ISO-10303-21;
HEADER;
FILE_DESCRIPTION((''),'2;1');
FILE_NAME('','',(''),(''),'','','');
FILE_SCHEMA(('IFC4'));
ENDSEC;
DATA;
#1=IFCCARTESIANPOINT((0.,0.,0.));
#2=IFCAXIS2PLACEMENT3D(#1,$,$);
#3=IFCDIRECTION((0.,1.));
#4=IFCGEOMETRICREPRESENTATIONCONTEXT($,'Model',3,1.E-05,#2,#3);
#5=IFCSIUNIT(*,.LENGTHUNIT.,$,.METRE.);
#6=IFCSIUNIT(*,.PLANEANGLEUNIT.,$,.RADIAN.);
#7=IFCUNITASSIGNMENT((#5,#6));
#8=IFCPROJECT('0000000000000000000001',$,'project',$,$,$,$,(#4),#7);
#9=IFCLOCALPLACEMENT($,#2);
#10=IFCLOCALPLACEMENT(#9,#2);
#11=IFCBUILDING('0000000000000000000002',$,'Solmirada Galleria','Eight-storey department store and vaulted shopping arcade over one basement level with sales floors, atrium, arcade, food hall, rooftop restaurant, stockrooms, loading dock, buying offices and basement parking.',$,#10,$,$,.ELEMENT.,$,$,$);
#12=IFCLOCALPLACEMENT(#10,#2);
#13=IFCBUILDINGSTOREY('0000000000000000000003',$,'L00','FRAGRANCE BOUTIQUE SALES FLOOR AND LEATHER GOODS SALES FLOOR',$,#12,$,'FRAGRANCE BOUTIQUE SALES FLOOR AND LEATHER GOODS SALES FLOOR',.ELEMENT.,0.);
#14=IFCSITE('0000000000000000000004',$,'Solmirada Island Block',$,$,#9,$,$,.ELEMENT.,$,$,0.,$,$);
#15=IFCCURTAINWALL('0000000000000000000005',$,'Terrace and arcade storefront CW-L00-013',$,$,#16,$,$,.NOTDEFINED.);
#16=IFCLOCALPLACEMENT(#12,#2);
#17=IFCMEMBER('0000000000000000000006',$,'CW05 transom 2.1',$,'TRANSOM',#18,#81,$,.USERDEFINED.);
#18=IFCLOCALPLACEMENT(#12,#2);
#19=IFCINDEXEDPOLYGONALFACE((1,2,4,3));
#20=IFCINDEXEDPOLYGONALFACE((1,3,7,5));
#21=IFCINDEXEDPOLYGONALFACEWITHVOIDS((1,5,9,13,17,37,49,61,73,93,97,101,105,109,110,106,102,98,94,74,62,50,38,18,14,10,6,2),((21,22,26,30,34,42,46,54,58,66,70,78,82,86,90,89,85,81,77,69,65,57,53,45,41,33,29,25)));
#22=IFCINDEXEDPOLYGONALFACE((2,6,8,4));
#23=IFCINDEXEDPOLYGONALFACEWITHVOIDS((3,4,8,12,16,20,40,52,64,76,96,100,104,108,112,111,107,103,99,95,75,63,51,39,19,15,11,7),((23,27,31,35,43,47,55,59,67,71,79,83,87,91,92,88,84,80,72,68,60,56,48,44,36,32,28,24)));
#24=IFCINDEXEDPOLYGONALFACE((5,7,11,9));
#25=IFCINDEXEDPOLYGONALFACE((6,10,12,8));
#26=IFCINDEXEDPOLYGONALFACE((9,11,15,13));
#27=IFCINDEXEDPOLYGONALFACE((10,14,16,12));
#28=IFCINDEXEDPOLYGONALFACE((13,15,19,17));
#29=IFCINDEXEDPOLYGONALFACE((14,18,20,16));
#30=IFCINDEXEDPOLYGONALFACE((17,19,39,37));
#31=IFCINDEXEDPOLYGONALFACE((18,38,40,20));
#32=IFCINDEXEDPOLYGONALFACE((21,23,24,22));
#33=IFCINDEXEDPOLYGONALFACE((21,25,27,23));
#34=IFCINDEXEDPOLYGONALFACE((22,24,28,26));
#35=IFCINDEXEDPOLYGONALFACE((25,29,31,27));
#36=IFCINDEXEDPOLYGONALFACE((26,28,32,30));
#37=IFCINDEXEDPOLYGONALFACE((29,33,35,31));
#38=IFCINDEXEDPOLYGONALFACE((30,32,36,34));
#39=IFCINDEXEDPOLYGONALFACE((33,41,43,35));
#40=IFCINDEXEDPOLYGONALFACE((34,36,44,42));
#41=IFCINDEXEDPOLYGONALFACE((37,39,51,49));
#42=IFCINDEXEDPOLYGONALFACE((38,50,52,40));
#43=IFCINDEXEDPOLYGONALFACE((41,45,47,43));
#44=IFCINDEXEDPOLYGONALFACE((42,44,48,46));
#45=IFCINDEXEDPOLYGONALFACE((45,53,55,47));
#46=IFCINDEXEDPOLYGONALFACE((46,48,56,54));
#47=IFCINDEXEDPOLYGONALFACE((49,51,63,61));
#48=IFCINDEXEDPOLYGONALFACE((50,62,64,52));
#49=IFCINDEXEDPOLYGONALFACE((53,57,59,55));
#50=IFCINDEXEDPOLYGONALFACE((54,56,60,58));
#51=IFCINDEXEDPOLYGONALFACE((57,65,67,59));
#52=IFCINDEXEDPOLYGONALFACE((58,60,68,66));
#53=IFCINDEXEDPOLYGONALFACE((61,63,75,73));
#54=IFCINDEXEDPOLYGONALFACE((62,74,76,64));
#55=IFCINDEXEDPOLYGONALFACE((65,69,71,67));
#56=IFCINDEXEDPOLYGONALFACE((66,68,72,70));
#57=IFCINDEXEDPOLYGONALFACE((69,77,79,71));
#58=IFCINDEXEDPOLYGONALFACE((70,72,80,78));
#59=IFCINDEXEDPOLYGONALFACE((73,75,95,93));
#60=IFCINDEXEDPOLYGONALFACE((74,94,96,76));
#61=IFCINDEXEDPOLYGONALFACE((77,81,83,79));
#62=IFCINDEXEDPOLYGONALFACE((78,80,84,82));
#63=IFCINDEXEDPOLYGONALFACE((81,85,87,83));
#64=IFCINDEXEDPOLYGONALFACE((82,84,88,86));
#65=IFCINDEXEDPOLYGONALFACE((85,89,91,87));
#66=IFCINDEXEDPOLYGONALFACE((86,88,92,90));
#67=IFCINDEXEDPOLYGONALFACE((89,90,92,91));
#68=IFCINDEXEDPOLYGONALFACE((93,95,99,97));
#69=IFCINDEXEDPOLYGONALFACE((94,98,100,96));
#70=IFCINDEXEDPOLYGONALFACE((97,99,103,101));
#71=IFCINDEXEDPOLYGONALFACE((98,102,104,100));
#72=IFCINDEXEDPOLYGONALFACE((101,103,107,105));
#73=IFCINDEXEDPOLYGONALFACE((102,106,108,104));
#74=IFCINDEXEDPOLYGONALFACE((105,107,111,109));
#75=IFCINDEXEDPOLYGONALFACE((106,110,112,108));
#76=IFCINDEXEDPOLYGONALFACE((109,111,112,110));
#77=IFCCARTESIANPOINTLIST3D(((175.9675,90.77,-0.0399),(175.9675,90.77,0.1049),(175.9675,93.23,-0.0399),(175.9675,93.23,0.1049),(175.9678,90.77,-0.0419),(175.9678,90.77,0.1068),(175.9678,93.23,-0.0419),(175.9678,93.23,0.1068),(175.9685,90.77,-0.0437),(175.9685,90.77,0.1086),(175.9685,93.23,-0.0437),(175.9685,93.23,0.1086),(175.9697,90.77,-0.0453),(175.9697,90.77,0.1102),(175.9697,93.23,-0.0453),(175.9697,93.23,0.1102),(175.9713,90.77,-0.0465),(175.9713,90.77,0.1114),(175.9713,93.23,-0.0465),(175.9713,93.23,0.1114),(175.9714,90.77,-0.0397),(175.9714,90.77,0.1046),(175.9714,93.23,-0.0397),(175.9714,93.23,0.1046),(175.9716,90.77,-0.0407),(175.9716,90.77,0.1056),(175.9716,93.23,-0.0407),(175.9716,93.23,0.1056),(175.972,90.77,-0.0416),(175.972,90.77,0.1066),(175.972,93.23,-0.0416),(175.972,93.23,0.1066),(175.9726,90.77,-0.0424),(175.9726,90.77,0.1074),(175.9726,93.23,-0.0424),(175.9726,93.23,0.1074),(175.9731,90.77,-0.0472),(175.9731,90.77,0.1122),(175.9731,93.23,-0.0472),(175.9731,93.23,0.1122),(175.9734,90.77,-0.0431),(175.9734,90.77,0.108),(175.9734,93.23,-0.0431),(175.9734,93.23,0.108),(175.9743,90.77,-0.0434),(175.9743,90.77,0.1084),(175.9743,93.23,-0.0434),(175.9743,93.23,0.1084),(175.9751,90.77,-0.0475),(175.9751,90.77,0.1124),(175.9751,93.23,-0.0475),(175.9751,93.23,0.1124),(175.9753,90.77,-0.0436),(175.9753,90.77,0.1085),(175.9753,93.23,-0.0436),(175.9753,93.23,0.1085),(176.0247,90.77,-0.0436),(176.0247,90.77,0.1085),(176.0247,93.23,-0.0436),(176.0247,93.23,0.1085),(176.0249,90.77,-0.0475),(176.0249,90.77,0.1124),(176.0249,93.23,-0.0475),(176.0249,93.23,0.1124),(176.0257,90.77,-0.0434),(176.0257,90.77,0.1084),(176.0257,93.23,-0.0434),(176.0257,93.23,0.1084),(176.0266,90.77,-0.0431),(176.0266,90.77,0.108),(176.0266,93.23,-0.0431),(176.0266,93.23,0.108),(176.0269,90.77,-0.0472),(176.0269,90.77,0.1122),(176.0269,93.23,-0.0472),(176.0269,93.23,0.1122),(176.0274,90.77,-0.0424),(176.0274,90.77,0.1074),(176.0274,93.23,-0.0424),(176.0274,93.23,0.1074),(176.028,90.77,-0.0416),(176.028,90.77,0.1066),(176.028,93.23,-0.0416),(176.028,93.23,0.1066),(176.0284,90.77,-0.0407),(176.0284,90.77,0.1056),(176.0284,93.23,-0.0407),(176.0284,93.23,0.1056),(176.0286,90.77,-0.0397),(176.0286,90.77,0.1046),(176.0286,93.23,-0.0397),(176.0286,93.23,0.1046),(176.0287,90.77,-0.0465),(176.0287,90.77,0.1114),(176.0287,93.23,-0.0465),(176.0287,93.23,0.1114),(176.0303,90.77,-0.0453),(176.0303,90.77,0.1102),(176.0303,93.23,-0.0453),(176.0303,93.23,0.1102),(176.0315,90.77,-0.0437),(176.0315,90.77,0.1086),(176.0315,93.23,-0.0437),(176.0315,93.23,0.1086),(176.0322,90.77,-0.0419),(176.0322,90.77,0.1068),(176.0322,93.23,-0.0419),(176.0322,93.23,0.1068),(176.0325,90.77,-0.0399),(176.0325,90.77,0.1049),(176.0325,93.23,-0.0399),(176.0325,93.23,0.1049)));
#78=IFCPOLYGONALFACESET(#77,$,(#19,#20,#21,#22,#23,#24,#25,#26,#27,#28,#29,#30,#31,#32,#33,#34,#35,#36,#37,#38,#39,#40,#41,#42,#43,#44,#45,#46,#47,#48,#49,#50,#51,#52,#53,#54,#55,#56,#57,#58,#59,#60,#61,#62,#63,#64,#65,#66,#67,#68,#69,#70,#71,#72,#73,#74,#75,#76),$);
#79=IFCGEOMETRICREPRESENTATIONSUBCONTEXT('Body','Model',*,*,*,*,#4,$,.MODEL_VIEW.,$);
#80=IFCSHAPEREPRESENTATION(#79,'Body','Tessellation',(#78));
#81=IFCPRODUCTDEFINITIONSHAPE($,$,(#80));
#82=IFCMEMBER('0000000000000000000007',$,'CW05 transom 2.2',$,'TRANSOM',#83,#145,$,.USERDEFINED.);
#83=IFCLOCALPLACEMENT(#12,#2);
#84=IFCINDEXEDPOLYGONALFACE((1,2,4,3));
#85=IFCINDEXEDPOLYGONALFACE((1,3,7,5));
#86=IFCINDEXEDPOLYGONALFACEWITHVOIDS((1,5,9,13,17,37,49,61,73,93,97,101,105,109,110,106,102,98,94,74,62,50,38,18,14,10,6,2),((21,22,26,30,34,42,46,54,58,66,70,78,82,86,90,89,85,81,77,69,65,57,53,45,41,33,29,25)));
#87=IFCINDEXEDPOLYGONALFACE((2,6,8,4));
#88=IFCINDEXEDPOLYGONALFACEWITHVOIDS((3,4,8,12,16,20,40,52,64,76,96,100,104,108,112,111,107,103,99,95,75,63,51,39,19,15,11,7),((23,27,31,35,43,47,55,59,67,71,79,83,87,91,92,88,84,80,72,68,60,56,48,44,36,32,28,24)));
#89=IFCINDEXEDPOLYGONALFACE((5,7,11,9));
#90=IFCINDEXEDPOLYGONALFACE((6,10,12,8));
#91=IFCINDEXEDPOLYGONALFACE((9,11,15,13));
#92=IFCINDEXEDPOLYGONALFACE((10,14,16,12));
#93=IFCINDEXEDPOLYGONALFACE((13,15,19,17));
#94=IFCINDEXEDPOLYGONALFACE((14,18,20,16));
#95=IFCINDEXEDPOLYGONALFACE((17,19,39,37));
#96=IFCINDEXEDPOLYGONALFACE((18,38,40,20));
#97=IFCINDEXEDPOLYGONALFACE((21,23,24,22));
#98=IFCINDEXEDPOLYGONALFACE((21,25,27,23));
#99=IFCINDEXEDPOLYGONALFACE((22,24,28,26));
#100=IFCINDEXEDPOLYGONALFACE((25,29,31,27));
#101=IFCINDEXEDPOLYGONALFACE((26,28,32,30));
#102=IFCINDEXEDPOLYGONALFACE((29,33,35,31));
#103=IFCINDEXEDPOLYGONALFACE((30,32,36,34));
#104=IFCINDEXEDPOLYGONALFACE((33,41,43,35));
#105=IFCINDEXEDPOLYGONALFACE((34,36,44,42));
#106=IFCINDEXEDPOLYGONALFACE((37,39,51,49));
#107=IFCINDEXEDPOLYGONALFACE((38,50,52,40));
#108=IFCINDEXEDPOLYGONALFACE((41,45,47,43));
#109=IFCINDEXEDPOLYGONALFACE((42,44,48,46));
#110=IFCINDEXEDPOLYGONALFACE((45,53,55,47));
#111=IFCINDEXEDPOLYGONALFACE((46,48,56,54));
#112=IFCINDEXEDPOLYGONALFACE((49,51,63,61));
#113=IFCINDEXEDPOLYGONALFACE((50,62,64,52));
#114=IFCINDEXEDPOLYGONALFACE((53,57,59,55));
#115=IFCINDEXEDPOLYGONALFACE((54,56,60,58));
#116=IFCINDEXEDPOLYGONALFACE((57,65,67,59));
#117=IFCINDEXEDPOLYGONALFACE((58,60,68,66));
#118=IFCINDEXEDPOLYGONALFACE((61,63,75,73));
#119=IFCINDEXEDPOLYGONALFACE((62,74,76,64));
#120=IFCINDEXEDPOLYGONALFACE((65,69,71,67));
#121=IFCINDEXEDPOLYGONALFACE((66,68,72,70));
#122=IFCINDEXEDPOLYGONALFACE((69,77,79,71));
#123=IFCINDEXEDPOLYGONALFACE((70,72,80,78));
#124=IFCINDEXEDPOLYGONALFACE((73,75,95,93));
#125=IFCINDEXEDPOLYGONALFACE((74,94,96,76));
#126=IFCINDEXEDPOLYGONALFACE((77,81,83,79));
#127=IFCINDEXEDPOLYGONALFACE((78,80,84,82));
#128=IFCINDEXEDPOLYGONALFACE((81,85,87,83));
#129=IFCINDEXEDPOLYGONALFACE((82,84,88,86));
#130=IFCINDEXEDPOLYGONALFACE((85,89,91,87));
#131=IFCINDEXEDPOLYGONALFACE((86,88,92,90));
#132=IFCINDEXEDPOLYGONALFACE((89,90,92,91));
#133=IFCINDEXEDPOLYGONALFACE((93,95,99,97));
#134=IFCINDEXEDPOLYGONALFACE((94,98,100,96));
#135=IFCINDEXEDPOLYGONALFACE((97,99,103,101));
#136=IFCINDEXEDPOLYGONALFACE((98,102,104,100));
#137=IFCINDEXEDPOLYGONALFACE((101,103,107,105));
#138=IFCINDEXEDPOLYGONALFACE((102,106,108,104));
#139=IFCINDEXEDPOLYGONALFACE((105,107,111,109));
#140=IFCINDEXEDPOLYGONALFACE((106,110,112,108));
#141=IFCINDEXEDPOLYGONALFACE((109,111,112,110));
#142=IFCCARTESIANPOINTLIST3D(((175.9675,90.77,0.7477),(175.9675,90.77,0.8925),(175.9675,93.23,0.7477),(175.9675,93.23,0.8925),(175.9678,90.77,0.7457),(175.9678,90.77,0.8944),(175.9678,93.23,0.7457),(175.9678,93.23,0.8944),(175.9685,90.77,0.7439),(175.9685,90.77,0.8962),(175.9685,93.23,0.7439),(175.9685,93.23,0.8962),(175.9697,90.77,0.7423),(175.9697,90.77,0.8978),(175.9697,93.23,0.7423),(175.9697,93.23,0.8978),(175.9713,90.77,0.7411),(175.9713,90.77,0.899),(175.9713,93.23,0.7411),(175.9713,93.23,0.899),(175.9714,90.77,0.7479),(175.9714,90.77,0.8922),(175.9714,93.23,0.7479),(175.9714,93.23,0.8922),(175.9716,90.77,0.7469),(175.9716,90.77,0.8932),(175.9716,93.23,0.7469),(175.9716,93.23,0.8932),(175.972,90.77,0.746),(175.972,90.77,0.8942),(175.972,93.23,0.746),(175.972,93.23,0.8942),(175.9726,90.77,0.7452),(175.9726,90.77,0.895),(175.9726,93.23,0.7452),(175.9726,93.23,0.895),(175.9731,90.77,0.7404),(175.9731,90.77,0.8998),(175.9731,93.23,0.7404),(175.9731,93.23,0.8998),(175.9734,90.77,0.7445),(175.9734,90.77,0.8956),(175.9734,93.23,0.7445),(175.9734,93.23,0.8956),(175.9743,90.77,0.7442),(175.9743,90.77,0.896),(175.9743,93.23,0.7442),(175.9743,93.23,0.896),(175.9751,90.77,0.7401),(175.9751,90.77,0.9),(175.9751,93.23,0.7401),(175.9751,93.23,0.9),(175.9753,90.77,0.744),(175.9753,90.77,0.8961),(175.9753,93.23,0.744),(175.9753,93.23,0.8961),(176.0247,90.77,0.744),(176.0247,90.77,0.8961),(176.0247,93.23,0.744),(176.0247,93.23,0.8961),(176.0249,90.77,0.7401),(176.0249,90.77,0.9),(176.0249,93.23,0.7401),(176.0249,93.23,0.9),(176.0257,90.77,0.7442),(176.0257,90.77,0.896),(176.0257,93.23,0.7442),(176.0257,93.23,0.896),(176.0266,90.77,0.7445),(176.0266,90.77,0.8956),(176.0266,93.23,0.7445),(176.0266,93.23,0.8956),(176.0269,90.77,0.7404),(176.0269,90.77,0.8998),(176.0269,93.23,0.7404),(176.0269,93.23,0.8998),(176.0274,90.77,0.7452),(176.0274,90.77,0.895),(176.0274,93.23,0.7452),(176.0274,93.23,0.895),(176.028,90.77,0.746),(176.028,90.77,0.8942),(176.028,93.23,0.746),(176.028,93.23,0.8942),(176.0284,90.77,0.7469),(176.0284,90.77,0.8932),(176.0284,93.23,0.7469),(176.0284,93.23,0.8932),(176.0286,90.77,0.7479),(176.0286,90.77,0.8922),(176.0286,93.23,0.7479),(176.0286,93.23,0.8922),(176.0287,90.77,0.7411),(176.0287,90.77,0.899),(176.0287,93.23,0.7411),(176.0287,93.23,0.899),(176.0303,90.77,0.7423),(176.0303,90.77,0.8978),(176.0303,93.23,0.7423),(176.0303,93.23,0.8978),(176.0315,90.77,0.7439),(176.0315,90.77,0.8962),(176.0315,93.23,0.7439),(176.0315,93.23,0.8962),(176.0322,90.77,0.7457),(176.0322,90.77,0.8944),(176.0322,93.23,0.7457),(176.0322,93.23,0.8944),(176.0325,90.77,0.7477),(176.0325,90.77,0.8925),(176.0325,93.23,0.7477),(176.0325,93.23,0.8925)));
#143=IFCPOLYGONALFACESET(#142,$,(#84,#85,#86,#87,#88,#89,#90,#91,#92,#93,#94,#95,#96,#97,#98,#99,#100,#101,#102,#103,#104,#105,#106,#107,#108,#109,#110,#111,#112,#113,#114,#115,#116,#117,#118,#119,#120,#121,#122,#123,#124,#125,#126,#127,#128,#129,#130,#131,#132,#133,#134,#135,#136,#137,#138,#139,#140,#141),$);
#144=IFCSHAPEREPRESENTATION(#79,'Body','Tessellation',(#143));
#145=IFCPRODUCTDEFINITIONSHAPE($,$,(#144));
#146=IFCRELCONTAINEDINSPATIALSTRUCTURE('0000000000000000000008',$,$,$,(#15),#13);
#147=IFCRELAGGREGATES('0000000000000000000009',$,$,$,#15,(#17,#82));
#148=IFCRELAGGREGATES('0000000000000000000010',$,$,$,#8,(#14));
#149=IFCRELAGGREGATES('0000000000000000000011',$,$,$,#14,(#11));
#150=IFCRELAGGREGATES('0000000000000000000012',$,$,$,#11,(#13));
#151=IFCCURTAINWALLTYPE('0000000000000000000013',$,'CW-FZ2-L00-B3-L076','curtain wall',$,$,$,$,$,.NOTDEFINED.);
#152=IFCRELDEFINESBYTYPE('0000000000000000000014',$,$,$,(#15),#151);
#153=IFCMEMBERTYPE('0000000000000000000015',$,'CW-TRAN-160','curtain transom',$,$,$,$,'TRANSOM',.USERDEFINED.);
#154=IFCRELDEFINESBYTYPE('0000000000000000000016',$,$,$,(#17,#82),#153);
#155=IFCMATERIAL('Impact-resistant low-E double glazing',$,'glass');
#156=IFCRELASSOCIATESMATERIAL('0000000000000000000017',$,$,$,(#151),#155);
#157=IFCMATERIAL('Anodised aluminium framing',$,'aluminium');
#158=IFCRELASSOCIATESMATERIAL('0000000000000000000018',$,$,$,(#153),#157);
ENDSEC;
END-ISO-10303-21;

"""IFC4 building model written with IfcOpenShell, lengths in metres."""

from ifc_helpers import new_model, si_unit, direction, frame, origin, origin_2d, place, context, subcontext, project, spatial, hollow_rectangle, extrude, material, material_profile, profile_set, type_object, element, aggregate, save


model = new_model("IFC4")

# Units and contexts
model_context = context("Model", 3, precision=1e-05, world=origin(), true_north=direction((0.0, 1.0)))
body_context = subcontext(model_context, "Body", "Model", "MODEL_VIEW")
ifc_project = project(units=[si_unit("LENGTHUNIT", "METRE"), si_unit("PLANEANGLEUNIT", "RADIAN")], contexts=[model_context])

# Site, building, storey
site_placement = place(None, origin())
site = spatial("IfcSite", under=ifc_project, at=site_placement, Name="Solmirada Island Block", CompositionType="ELEMENT", RefElevation=0.0)
building_placement = place(site_placement, origin())
building = spatial("IfcBuilding", under=site, at=building_placement, Name="Solmirada Galleria", Description="Eight-storey department store and vaulted shopping arcade over one basement level with sales floors, atrium, arcade, food hall, rooftop restaurant, stockrooms, loading dock, buying offices and basement parking.", CompositionType="ELEMENT")
storey_placement = place(building_placement, origin())
storey = spatial("IfcBuildingStorey", under=building, at=storey_placement, Name="L00", Description="FRAGRANCE BOUTIQUE SALES FLOOR AND LEATHER GOODS SALES FLOOR", LongName="FRAGRANCE BOUTIQUE SALES FLOOR AND LEATHER GOODS SALES FLOOR", CompositionType="ELEMENT", Elevation=0.0)

# Curtain wall, members
ifc_material_1 = material(Name="Impact-resistant low-E double glazing", Category="glass")
curtain_wall_type = type_object("IfcCurtainWallType", Name="CW-FZ2-L00-B3-L076", Description="curtain wall", PredefinedType="NOTDEFINED", material=ifc_material_1)
curtain_wall_placement = place(storey_placement, origin())
curtain_wall = element("IfcCurtainWall", 1, at=curtain_wall_placement, inside=storey, type_object=curtain_wall_type, Name="Terrace and arcade storefront CW-L00-013", PredefinedType="NOTDEFINED")
ifc_material_2 = material(Name="Anodised aluminium framing", Category="aluminium")
ifc_material_profile_1 = material_profile(ifc_material_2, hollow_rectangle(XDim=0.0649, YDim=0.1599, WallThickness=0.0039, InnerFilletRadius=0.0039, OuterFilletRadius=0.0076, at=origin_2d()), Name="ALU-TRAN-160X65")
ifc_profile_set_1 = profile_set([ifc_material_profile_1], Name="Anodised aluminium framing")
member_type_1 = type_object("IfcMemberType", Name="CW-TRAN-160", Description="curtain transom", ElementType="TRANSOM", PredefinedType="USERDEFINED", material=ifc_profile_set_1)
member_1_placement = place(storey_placement, frame((176.0, 93.23, 0.0325), z_axis=(0.0, -1.0, 0.0), x_axis=(1.0, 0.0, 0.0)))
member_1 = element("IfcMember", 2, at=member_1_placement, type_object=member_type_1, Name="CW05 transom 2.1", ObjectType="TRANSOM", PredefinedType="USERDEFINED", context=body_context, shape_type="SweptSolid", body=[
    extrude(hollow_rectangle(XDim=0.0649, YDim=0.1599, WallThickness=0.0039, InnerFilletRadius=0.0039, OuterFilletRadius=0.0076, at=origin_2d()), origin(), (0.0, 0.0, 1.0), 2.46),
])
member_2_placement = place(storey_placement, frame((176.0, 93.23, 0.8201), z_axis=(0.0, -1.0, 0.0), x_axis=(1.0, 0.0, 0.0)))
member_2 = element("IfcMember", 3, at=member_2_placement, type_object=member_type_1, Name="CW05 transom 2.2", ObjectType="TRANSOM", PredefinedType="USERDEFINED", context=body_context, shape_type="SweptSolid", body=[
    extrude(hollow_rectangle(XDim=0.0649, YDim=0.1599, WallThickness=0.0039, InnerFilletRadius=0.0039, OuterFilletRadius=0.0076, at=origin_2d()), origin(), (0.0, 0.0, 1.0), 2.46),
])
aggregate(curtain_wall, [member_1, member_2])

save(model, "model.ifc")
